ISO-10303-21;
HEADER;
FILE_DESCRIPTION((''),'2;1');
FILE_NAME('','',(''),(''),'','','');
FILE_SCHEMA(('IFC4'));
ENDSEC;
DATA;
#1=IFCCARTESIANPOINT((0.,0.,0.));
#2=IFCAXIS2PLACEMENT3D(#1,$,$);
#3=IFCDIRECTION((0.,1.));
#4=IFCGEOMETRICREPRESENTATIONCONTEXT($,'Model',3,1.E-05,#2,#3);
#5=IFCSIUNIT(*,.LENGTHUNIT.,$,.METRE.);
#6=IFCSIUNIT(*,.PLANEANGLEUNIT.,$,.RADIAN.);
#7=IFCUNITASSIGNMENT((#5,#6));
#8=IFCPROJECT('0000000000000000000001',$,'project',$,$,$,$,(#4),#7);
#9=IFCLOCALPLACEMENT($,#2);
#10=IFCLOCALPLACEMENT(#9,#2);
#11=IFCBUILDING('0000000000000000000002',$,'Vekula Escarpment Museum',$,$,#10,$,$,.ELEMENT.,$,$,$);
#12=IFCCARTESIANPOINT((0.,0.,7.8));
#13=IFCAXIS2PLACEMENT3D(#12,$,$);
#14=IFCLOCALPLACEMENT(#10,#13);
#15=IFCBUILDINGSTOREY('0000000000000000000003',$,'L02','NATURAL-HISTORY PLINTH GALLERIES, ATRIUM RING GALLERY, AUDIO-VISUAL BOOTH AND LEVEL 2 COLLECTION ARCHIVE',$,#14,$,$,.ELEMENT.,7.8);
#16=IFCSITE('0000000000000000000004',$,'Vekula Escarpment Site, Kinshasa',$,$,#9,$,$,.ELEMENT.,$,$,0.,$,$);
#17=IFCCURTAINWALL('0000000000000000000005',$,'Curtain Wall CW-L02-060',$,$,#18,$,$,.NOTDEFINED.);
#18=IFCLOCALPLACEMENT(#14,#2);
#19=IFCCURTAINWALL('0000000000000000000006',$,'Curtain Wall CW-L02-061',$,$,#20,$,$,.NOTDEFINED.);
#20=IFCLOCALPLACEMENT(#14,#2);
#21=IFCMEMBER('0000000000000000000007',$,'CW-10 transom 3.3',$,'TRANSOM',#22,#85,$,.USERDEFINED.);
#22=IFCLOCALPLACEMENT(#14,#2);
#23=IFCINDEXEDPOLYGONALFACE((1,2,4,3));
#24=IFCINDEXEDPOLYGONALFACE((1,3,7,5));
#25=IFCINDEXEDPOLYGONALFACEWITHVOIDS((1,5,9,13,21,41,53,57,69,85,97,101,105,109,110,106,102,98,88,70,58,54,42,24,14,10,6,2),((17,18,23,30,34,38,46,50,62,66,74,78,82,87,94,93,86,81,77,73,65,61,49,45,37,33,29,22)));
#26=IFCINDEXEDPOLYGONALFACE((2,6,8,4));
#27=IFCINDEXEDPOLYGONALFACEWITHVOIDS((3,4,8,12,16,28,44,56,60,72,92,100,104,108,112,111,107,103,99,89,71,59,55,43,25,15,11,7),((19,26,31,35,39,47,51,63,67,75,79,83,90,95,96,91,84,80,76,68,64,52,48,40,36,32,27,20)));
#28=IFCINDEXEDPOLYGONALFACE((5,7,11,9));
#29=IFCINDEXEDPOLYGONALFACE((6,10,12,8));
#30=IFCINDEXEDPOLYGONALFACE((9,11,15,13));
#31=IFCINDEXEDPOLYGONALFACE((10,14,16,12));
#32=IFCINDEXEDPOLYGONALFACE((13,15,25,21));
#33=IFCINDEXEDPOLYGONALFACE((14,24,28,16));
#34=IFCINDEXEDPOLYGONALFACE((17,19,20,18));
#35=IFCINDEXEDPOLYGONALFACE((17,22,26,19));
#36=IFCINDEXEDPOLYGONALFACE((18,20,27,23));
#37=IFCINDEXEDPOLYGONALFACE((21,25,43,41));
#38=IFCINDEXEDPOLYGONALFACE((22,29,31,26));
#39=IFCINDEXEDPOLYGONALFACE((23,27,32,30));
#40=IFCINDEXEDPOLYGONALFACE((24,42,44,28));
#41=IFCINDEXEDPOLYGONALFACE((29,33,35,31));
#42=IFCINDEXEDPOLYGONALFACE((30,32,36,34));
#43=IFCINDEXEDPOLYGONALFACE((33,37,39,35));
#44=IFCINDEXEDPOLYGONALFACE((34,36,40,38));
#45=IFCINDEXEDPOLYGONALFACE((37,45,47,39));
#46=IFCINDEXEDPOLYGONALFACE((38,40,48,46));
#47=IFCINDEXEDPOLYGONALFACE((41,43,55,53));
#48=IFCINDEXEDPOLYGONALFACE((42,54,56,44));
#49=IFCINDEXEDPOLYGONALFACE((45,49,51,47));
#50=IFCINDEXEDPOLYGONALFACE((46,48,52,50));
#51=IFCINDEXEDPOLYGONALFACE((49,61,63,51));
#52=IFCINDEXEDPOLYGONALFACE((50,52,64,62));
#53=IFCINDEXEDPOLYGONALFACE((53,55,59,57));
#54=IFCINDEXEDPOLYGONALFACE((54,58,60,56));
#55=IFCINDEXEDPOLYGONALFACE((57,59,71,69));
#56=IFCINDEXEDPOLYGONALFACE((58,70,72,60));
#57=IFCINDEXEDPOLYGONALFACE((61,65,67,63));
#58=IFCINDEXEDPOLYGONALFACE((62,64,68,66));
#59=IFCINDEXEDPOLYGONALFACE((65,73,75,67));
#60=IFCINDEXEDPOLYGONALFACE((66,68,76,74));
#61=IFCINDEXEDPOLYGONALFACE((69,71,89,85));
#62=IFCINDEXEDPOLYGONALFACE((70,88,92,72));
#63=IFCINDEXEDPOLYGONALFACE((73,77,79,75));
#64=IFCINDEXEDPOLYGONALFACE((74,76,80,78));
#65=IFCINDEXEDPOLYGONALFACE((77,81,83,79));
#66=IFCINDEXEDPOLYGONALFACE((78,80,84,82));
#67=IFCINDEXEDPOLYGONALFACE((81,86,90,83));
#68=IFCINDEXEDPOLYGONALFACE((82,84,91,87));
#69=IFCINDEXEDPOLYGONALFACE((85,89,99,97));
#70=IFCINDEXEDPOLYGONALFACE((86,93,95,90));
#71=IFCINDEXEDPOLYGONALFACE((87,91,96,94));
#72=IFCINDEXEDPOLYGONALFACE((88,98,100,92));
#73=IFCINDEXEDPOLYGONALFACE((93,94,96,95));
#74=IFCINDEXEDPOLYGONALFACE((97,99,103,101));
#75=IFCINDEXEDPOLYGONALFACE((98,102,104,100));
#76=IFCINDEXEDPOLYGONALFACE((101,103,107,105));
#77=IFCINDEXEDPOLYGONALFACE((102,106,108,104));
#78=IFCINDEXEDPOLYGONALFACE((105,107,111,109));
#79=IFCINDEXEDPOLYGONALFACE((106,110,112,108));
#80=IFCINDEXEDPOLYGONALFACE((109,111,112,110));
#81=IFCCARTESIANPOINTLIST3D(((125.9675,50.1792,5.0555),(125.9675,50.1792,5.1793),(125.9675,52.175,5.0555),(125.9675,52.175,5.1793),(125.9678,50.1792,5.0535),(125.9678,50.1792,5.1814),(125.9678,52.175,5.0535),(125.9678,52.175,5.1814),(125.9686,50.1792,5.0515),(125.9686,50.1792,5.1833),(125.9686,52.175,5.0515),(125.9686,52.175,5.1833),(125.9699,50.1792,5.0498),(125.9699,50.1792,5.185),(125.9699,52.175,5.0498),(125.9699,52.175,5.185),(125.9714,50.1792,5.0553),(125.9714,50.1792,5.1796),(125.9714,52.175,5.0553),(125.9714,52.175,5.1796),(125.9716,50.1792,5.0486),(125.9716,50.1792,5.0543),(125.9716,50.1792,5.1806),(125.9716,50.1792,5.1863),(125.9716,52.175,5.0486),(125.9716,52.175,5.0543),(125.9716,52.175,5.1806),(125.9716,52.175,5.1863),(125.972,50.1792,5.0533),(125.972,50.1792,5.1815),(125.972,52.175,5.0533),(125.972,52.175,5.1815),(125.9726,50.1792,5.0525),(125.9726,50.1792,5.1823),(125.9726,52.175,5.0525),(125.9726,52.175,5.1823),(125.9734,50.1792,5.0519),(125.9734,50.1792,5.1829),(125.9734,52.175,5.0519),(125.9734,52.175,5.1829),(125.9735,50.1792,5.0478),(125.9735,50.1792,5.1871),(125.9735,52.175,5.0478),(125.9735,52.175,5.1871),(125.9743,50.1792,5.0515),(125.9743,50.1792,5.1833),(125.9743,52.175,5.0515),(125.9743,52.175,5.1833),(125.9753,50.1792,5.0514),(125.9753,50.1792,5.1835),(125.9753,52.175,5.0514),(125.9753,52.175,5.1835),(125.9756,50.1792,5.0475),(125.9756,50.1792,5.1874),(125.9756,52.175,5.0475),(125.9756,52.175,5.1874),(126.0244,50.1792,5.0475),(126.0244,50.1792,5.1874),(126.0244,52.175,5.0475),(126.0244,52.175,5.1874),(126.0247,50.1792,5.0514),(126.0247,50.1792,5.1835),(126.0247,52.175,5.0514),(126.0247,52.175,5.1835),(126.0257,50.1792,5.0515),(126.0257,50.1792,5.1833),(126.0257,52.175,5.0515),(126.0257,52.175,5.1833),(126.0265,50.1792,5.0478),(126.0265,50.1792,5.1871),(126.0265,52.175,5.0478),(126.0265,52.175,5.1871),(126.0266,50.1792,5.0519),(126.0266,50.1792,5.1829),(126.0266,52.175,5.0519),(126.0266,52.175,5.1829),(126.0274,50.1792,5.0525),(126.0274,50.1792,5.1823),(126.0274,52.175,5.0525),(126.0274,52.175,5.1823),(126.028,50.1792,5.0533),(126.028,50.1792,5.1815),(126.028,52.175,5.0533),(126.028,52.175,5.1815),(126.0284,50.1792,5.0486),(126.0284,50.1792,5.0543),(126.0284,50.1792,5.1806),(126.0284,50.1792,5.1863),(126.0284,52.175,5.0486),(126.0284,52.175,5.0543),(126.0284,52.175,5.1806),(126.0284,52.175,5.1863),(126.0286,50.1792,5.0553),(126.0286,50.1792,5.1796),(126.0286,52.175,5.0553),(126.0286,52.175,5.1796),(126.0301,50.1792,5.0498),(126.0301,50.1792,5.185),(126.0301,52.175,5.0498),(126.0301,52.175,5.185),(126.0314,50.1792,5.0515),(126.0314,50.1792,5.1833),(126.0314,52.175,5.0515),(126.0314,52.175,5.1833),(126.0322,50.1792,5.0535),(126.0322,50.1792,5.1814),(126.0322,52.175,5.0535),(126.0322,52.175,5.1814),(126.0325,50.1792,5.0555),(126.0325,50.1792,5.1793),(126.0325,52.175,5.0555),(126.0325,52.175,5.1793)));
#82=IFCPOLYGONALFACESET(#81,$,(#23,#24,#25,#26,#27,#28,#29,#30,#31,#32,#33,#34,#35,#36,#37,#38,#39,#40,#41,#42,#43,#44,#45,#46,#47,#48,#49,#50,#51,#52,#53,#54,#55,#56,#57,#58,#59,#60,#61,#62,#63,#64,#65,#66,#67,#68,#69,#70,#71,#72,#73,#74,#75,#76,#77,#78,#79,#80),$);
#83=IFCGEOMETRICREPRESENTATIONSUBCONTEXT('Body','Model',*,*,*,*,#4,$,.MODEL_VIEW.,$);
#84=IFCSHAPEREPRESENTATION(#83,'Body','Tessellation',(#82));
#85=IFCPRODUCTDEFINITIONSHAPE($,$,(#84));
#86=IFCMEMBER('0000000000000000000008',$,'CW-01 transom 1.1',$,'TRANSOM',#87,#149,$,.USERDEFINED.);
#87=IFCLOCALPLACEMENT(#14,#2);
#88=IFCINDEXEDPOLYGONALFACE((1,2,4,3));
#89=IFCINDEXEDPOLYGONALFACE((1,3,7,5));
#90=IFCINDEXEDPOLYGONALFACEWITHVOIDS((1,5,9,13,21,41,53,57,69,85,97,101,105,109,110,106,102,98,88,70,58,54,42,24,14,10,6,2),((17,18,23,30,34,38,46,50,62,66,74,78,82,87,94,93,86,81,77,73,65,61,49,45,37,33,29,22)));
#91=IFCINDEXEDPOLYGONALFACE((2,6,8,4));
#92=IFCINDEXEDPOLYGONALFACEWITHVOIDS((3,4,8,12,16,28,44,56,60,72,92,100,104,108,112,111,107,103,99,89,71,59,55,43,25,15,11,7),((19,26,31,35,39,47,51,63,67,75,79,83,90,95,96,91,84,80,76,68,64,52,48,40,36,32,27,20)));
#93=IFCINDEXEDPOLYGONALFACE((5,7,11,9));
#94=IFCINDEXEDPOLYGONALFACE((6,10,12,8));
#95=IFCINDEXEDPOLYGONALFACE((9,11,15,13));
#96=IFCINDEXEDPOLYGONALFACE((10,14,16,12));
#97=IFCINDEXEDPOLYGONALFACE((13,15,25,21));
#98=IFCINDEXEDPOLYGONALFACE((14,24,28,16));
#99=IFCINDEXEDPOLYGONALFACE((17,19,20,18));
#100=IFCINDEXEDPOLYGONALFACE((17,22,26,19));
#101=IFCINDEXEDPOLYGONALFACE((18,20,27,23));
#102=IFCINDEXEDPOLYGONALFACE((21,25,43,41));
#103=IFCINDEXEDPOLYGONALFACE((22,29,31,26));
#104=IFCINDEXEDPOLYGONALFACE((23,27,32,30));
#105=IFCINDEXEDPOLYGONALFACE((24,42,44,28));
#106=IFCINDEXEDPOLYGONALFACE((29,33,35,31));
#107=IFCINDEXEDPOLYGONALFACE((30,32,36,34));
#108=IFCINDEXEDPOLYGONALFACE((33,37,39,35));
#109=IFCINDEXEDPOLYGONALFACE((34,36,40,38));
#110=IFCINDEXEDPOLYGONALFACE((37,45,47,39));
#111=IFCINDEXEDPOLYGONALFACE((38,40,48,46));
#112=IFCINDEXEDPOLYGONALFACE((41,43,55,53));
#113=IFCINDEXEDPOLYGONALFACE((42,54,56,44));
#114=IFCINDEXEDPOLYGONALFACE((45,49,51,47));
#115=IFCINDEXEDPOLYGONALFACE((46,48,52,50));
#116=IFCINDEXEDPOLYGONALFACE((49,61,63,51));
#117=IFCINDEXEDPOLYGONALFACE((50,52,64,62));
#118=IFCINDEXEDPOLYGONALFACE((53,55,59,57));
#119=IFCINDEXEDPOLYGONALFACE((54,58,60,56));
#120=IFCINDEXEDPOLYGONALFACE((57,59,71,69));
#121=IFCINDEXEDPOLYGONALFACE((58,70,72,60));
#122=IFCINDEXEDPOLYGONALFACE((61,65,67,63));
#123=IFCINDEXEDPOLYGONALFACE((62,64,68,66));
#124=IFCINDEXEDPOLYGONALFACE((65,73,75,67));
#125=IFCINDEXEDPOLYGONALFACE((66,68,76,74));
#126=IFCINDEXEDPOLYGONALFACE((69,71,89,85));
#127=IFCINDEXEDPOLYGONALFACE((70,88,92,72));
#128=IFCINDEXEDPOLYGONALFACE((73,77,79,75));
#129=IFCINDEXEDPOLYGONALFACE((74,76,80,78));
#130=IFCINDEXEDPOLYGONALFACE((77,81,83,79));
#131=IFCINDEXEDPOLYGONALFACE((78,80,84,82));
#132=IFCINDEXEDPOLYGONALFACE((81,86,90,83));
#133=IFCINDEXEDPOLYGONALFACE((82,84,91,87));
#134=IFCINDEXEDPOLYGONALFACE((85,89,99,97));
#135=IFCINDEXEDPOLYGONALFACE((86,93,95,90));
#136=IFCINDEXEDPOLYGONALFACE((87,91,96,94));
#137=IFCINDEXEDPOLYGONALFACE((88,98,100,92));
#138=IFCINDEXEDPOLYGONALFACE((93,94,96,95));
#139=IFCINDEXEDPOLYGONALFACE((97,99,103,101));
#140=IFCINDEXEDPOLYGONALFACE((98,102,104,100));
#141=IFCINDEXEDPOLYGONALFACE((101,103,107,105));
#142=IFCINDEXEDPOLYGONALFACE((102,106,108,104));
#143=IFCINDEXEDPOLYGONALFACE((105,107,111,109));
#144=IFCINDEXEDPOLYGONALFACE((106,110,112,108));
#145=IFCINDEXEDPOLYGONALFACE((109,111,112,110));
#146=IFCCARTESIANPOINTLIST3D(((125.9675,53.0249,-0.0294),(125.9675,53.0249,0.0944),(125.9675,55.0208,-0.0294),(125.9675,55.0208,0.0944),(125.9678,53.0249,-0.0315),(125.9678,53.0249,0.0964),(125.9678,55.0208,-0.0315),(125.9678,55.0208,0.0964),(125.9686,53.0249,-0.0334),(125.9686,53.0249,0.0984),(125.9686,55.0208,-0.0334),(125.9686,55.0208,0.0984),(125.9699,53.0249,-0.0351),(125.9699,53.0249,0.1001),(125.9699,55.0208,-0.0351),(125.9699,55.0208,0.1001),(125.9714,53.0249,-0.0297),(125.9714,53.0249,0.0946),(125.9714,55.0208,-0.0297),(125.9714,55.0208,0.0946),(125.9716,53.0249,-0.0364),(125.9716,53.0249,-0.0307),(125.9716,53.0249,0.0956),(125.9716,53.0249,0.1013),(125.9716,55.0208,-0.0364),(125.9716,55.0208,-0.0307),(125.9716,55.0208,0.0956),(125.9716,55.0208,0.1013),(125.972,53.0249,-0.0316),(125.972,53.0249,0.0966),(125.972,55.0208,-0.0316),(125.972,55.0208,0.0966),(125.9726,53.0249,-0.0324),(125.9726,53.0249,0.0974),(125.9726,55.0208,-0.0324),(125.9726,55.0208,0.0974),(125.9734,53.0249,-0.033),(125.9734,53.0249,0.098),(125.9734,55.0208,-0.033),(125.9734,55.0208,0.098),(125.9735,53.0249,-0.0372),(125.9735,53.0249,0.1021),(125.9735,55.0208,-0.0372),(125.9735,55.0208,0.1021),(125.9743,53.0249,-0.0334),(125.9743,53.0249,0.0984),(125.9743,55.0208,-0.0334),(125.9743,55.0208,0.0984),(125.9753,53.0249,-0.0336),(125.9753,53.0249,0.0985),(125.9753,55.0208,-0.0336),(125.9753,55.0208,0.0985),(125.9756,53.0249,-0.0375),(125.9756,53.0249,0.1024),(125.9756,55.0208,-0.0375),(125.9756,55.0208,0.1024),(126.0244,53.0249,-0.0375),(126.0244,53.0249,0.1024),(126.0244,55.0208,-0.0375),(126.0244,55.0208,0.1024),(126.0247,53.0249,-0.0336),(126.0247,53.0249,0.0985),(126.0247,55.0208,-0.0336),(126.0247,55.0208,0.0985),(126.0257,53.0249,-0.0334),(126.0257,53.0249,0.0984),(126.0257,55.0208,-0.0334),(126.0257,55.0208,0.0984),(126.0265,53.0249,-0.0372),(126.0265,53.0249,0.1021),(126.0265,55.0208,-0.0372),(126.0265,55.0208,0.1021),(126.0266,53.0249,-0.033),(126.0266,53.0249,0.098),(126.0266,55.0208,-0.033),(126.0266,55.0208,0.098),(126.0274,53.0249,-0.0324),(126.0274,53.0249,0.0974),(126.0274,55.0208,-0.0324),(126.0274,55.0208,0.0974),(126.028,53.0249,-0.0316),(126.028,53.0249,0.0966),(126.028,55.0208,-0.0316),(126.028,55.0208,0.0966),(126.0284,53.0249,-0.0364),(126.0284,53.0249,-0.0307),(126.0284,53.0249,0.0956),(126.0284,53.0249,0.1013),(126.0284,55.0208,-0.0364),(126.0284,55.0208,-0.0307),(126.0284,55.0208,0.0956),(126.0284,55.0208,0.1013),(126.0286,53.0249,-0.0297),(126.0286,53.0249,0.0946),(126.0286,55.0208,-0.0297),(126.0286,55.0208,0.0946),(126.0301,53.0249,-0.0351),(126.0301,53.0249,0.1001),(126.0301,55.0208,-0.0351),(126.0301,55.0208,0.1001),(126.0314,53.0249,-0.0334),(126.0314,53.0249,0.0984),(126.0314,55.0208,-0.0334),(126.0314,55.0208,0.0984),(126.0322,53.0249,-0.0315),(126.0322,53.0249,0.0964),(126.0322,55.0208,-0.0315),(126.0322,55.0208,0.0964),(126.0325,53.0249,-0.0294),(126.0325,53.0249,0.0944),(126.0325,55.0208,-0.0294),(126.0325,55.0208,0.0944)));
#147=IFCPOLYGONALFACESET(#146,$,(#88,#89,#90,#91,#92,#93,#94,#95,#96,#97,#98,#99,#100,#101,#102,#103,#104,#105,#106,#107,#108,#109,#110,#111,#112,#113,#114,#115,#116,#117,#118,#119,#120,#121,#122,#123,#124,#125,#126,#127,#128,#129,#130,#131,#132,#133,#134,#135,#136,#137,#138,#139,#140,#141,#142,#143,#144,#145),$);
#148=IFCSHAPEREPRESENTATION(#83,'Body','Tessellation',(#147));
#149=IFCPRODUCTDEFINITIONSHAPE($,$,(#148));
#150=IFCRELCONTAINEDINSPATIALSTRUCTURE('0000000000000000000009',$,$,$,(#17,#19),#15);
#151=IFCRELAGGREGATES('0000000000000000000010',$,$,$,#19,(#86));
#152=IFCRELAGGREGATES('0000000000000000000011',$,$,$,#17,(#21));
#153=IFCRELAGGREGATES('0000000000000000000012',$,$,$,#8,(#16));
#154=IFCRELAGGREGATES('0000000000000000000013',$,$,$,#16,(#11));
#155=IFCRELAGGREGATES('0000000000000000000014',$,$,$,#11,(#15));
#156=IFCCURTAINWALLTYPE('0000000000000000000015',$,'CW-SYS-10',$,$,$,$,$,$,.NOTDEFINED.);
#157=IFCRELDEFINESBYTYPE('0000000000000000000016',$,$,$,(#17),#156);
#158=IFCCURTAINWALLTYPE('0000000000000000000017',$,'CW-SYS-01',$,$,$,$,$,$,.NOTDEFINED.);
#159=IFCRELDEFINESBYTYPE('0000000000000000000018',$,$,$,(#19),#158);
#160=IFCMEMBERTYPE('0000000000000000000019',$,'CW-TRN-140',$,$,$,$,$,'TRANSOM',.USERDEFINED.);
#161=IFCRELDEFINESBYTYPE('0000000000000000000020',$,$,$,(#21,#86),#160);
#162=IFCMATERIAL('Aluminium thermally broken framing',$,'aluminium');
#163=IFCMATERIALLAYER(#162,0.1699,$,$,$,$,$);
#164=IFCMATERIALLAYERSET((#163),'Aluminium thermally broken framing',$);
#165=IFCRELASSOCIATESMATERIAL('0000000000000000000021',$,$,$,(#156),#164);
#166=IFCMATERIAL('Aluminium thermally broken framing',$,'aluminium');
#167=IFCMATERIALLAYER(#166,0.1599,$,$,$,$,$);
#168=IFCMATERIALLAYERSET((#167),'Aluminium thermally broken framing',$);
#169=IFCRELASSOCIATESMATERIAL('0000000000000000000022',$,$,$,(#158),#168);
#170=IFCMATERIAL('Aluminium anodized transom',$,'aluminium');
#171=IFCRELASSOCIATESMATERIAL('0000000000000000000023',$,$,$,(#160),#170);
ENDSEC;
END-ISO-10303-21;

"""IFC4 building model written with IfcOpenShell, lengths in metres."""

from ifc_helpers import new_model, si_unit, direction, frame, origin, origin_2d, place, context, subcontext, project, spatial, hollow_rectangle, extrude, material, layer, layer_set, material_profile, profile_set, type_object, element, aggregate, save


model = new_model("IFC4")

# Units and contexts
model_context = context("Model", 3, precision=1e-05, world=origin(), true_north=direction((0.0, 1.0)))
body_context = subcontext(model_context, "Body", "Model", "MODEL_VIEW")
ifc_project = project(units=[si_unit("LENGTHUNIT", "METRE"), si_unit("PLANEANGLEUNIT", "RADIAN")], contexts=[model_context])

# Site, building, storey
site_placement = place(None, origin())
site = spatial("IfcSite", under=ifc_project, at=site_placement, Name="Vekula Escarpment Site, Kinshasa", CompositionType="ELEMENT", RefElevation=0.0)
building_placement = place(site_placement, origin())
building = spatial("IfcBuilding", under=site, at=building_placement, Name="Vekula Escarpment Museum", CompositionType="ELEMENT")
storey_placement = place(building_placement, frame((0.0, 0.0, 7.8)))
storey = spatial("IfcBuildingStorey", under=building, at=storey_placement, Name="L02", Description="NATURAL-HISTORY PLINTH GALLERIES, ATRIUM RING GALLERY, AUDIO-VISUAL BOOTH AND LEVEL 2 COLLECTION ARCHIVE", CompositionType="ELEMENT", Elevation=7.8)

# Curtain wall
ifc_material_1 = material(Name="Aluminium thermally broken framing", Category="aluminium")
ifc_layer_1 = layer(ifc_material_1, 0.1699)
ifc_layer_set_1 = layer_set([ifc_layer_1], Name="Aluminium thermally broken framing")
curtain_wall_type_1 = type_object("IfcCurtainWallType", Name="CW-SYS-10", PredefinedType="NOTDEFINED", material=ifc_layer_set_1)
curtain_wall_1_placement = place(storey_placement, origin())
curtain_wall_1 = element("IfcCurtainWall", 1, at=curtain_wall_1_placement, inside=storey, type_object=curtain_wall_type_1, Name="Curtain Wall CW-L02-060", PredefinedType="NOTDEFINED")

# Curtain wall
ifc_material_2 = material(Name="Aluminium thermally broken framing", Category="aluminium")
ifc_layer_2 = layer(ifc_material_2, 0.1599)
ifc_layer_set_2 = layer_set([ifc_layer_2], Name="Aluminium thermally broken framing")
curtain_wall_type_2 = type_object("IfcCurtainWallType", Name="CW-SYS-01", PredefinedType="NOTDEFINED", material=ifc_layer_set_2)
curtain_wall_2_placement = place(storey_placement, origin())
curtain_wall_2 = element("IfcCurtainWall", 2, at=curtain_wall_2_placement, inside=storey, type_object=curtain_wall_type_2, Name="Curtain Wall CW-L02-061", PredefinedType="NOTDEFINED")

# Members
ifc_material_3 = material(Name="Aluminium anodized transom", Category="aluminium")
ifc_material_profile_1 = material_profile(ifc_material_3, hollow_rectangle(XDim=0.0649, YDim=0.1399, WallThickness=0.0039, InnerFilletRadius=0.0039, OuterFilletRadius=0.0081, at=origin_2d()), Name="ALU 140x65x4")
ifc_profile_set_1 = profile_set([ifc_material_profile_1], Name="Aluminium anodized transom")
member_type_1 = type_object("IfcMemberType", Name="CW-TRN-140", ElementType="TRANSOM", PredefinedType="USERDEFINED", material=ifc_profile_set_1)
member_1_placement = place(storey_placement, frame((126.0, 50.1792, 5.1174), z_axis=(0.0, 1.0, 0.0), x_axis=(-1.0, 0.0, 0.0)))
member_1 = element("IfcMember", 3, at=member_1_placement, type_object=member_type_1, Name="CW-10 transom 3.3", ObjectType="TRANSOM", PredefinedType="USERDEFINED", context=body_context, shape_type="SweptSolid", body=[
    extrude(hollow_rectangle(XDim=0.0649, YDim=0.1399, WallThickness=0.0039, InnerFilletRadius=0.0039, OuterFilletRadius=0.0081, at=origin_2d()), origin(), (0.0, 0.0, 1.0), 1.9958),
])
member_2_placement = place(storey_placement, frame((126.0, 53.0249, 0.0325), z_axis=(0.0, 1.0, 0.0), x_axis=(-1.0, 0.0, 0.0)))
member_2 = element("IfcMember", 4, at=member_2_placement, type_object=member_type_1, Name="CW-01 transom 1.1", ObjectType="TRANSOM", PredefinedType="USERDEFINED", context=body_context, shape_type="SweptSolid", body=[
    extrude(hollow_rectangle(XDim=0.0649, YDim=0.1399, WallThickness=0.0039, InnerFilletRadius=0.0039, OuterFilletRadius=0.0081, at=origin_2d()), origin(), (0.0, 0.0, 1.0), 1.9958),
])
aggregate(curtain_wall_2, [member_2])

aggregate(curtain_wall_1, [member_1])

save(model, "model.ifc")
